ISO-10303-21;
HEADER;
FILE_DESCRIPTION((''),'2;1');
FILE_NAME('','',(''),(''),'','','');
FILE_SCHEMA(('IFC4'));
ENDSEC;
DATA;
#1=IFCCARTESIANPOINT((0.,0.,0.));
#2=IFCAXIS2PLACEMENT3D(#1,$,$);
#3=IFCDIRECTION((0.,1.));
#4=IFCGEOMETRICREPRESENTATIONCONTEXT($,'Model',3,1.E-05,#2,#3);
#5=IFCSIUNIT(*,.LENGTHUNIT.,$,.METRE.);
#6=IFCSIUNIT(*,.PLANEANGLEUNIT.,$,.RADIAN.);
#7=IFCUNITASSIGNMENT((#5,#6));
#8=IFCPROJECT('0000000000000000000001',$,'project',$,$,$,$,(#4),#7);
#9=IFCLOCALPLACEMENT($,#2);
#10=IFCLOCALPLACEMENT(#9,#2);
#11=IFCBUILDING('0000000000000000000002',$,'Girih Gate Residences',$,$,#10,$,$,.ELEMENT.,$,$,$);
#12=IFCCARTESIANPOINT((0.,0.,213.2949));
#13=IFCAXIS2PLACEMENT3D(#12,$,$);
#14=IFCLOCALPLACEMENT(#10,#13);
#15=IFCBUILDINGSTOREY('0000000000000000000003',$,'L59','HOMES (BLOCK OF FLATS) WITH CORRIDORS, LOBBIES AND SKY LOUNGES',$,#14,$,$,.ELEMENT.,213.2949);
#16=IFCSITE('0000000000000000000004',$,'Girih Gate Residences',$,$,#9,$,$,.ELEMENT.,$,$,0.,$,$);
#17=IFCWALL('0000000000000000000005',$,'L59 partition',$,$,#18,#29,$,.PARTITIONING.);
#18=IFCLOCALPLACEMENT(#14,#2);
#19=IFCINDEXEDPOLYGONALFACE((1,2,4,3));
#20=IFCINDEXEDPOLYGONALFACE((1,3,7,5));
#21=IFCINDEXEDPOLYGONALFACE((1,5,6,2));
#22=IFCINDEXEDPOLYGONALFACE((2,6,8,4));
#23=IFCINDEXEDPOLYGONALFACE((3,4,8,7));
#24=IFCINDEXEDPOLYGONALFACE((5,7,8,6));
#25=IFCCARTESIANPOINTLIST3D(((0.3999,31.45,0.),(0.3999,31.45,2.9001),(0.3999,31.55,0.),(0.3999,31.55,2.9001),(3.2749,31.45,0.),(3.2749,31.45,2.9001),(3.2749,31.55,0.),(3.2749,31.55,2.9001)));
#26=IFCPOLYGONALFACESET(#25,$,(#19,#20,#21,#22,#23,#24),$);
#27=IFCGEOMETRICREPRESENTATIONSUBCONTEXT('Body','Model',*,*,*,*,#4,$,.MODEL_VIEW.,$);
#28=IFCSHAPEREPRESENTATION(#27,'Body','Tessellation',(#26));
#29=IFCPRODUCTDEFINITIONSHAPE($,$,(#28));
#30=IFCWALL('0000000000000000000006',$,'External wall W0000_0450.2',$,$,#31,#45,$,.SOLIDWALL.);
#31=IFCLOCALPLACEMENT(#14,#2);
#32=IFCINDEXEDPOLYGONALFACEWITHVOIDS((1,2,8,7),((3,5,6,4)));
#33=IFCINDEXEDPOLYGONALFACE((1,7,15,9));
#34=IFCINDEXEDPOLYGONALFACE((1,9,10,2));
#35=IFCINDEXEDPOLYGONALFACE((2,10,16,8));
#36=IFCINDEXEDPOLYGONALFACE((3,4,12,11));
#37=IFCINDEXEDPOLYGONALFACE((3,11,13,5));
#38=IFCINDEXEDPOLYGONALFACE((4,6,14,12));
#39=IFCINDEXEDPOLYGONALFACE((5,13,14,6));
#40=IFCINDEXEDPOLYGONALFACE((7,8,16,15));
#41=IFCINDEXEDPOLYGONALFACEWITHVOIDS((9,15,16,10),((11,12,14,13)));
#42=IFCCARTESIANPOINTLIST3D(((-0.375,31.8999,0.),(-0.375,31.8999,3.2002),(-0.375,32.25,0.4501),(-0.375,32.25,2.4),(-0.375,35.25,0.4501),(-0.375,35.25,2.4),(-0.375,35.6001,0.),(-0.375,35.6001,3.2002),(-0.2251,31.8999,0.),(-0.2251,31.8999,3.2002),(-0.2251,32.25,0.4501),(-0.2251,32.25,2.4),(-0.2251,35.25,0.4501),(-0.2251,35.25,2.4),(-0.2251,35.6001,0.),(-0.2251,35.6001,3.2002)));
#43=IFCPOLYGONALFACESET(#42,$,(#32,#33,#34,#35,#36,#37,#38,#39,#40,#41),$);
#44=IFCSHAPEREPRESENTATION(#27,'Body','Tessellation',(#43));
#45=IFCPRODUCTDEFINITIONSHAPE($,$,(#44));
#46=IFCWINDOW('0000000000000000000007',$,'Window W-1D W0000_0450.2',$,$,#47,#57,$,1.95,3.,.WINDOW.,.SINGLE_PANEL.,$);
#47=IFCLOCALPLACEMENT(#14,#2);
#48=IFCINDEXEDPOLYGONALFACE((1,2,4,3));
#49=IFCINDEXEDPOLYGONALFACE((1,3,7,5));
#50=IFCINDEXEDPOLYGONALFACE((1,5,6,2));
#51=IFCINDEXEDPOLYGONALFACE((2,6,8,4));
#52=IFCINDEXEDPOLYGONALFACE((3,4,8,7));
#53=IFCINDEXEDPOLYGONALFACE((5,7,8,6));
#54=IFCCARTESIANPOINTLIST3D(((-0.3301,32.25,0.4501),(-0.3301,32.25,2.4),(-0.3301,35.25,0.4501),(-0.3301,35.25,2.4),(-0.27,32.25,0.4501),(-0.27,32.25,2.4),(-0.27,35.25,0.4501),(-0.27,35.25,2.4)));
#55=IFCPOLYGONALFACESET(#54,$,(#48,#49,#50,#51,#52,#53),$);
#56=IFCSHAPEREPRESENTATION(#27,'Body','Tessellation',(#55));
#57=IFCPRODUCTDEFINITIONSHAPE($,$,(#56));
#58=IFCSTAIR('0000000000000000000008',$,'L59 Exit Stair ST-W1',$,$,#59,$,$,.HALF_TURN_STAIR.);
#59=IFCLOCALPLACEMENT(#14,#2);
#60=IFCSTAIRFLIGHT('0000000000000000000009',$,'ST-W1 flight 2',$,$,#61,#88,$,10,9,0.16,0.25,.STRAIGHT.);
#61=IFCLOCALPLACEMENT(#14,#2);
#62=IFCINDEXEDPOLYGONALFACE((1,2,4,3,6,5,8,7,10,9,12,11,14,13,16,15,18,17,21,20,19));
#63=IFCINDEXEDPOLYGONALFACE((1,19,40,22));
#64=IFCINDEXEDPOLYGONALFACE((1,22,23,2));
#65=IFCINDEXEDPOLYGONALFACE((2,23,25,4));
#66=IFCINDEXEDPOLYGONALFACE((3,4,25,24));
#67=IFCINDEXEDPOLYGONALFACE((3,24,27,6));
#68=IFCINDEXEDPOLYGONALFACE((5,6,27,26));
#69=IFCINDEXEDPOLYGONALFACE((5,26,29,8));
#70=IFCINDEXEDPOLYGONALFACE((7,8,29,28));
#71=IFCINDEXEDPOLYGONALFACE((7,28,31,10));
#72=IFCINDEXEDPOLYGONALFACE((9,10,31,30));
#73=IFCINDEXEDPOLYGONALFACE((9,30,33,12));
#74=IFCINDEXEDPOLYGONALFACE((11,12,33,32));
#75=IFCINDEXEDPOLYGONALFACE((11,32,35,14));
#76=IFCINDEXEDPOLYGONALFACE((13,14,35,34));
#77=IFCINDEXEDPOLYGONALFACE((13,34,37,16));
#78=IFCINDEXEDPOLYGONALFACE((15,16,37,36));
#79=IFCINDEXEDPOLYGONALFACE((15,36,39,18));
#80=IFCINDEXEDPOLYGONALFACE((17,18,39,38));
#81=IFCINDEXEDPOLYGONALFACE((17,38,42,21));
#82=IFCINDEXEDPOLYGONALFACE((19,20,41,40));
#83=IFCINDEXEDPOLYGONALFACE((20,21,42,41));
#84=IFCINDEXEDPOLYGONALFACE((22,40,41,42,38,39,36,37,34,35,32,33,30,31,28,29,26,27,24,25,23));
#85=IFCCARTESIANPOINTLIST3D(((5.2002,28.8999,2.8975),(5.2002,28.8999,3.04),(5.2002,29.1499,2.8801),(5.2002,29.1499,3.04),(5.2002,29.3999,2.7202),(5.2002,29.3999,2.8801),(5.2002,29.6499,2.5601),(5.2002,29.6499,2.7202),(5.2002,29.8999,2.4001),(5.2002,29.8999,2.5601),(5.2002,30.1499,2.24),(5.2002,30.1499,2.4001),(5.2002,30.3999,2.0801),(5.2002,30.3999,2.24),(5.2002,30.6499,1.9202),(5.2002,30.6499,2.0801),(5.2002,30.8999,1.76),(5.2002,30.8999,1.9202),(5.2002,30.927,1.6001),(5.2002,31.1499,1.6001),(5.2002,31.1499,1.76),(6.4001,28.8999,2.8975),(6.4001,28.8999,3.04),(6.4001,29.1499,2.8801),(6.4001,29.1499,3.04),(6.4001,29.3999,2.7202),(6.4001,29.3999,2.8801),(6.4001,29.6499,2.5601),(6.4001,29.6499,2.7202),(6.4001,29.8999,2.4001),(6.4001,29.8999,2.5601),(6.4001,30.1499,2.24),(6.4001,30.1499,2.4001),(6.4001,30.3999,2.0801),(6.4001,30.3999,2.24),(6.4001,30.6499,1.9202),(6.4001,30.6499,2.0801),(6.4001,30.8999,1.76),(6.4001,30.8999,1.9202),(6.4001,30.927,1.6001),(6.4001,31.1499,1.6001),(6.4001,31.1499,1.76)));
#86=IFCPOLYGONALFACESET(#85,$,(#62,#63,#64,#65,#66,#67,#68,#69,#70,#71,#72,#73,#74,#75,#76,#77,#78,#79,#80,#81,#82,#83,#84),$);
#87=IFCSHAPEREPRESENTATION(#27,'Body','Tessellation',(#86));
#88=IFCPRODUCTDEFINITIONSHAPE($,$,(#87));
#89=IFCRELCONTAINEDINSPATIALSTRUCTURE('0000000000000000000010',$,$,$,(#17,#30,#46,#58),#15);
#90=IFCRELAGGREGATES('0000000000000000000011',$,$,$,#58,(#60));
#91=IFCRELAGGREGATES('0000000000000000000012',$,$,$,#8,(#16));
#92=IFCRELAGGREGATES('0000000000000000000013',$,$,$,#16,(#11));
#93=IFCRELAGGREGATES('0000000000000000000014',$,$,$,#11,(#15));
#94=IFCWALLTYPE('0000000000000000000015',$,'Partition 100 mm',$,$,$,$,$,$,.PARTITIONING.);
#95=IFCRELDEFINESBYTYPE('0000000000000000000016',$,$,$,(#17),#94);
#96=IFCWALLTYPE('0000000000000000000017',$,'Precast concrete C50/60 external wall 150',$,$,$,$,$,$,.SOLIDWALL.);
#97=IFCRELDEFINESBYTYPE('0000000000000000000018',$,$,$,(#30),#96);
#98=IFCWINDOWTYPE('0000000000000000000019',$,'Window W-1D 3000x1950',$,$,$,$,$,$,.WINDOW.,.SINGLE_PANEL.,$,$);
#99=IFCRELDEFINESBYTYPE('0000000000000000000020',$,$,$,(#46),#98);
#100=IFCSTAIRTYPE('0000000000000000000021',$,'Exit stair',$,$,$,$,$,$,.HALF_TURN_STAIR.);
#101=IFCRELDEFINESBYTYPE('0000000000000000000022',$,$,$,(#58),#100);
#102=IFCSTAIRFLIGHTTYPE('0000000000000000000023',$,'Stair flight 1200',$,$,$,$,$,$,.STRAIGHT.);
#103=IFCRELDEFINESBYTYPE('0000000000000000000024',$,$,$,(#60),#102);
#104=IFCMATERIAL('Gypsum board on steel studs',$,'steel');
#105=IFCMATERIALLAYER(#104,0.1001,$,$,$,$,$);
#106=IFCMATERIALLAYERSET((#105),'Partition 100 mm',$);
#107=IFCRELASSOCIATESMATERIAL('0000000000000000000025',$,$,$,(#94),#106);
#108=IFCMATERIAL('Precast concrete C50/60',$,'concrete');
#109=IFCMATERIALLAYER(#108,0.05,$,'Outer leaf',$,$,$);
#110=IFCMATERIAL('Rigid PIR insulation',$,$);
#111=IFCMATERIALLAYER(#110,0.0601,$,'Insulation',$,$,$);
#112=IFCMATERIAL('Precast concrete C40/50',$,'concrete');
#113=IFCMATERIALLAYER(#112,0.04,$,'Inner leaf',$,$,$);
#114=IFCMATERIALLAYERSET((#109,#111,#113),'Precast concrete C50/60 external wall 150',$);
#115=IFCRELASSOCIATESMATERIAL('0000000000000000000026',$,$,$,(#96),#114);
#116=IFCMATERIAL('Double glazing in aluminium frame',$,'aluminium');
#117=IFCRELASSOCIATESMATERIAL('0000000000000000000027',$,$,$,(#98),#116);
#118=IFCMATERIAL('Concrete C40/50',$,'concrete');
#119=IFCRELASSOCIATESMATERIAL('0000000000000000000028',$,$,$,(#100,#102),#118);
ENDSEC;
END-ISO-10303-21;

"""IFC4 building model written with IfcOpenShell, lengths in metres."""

from ifc_helpers import new_model, si_unit, direction, frame, frame_2d, origin, place, context, subcontext, project, spatial, polyline, rectangle, outline, extrude, material, layer, layer_set, type_object, element, fill, aggregate, save


model = new_model("IFC4")

# Units and contexts
model_context = context("Model", 3, precision=1e-05, world=origin(), true_north=direction((0.0, 1.0)))
body_context = subcontext(model_context, "Body", "Model", "MODEL_VIEW")
ifc_project = project(units=[si_unit("LENGTHUNIT", "METRE"), si_unit("PLANEANGLEUNIT", "RADIAN")], contexts=[model_context])

# Site, building, storey
site_placement = place(None, origin())
site = spatial("IfcSite", under=ifc_project, at=site_placement, Name="Girih Gate Residences", CompositionType="ELEMENT", RefElevation=0.0)
building_placement = place(site_placement, origin())
building = spatial("IfcBuilding", under=site, at=building_placement, Name="Girih Gate Residences", CompositionType="ELEMENT")
storey_placement = place(building_placement, frame((0.0, 0.0, 213.2949)))
storey = spatial("IfcBuildingStorey", under=building, at=storey_placement, Name="L59", Description="HOMES (BLOCK OF FLATS) WITH CORRIDORS, LOBBIES AND SKY LOUNGES", CompositionType="ELEMENT", Elevation=213.2949)

# Shared definitions
ifc_material_1 = material(Name="Gypsum board on steel studs", Category="steel")

# Shared definitions
ifc_material_2 = material(Name="Concrete C40/50", Category="concrete")

# Wall
ifc_layer_1 = layer(ifc_material_1, 0.1001)
ifc_layer_set_1 = layer_set([ifc_layer_1], Name="Partition 100 mm")
wall_type_1 = type_object("IfcWallType", Name="Partition 100 mm", PredefinedType="PARTITIONING", material=ifc_layer_set_1)
wall_1_placement = place(storey_placement, frame((0.3999, 31.5, 0.0), z_axis=(0.0, 0.0, 1.0), x_axis=(1.0, 0.0, 0.0)))
element("IfcWall", 1, at=wall_1_placement, inside=storey, type_object=wall_type_1, Name="L59 partition", PredefinedType="PARTITIONING", context=body_context, shape_type="SweptSolid", body=[
    extrude(rectangle(XDim=2.875, YDim=0.1001, at=frame_2d((1.4375, 0.0))), origin(), (0.0, 0.0, 1.0), 2.9001),
])

# Wall, opening, window
ifc_material_3 = material(Name="Precast concrete C50/60", Category="concrete")
ifc_layer_2 = layer(ifc_material_3, 0.05, Name="Outer leaf")
ifc_material_4 = material(Name="Rigid PIR insulation")
ifc_layer_3 = layer(ifc_material_4, 0.0601, Name="Insulation")
ifc_material_5 = material(Name="Precast concrete C40/50", Category="concrete")
ifc_layer_4 = layer(ifc_material_5, 0.04, Name="Inner leaf")
ifc_layer_set_2 = layer_set([ifc_layer_2, ifc_layer_3, ifc_layer_4], Name="Precast concrete C50/60 external wall 150")
wall_type_2 = type_object("IfcWallType", Name="Precast concrete C50/60 external wall 150", PredefinedType="SOLIDWALL", material=ifc_layer_set_2)
wall_2_placement = place(storey_placement, frame((-0.3, 31.8999, 0.0), z_axis=(0.0, 0.0, 1.0), x_axis=(0.0, 1.0, 0.0)))
wall_2 = element("IfcWall", 2, at=wall_2_placement, inside=storey, type_object=wall_type_2, Name="External wall W0000_0450.2", PredefinedType="SOLIDWALL", context=body_context, shape_type="SweptSolid", body=[
    extrude(rectangle(XDim=3.7002, YDim=0.1499, at=frame_2d((1.8501, 0.0))), origin(), (0.0, 0.0, 1.0), 3.2002),
])
opening_1_placement = place(wall_2_placement, frame((0.3501, 0.0, 0.45)))
opening_1 = element("IfcOpeningElement", 3, at=opening_1_placement, cuts=wall_2, PredefinedType="OPENING", context=body_context, shape_type="SweptSolid", body=[
    extrude(rectangle(XDim=3.0, YDim=1.95, at=frame_2d((1.5, 0.9751))), frame((0.0, 0.085, 0.0), z_axis=(0.0, -1.0, 0.0), x_axis=(1.0, 0.0, 0.0)), (0.0, 0.0, 1.0), 0.1699),
])
ifc_material_6 = material(Name="Double glazing in aluminium frame", Category="aluminium")
window_type = type_object("IfcWindowType", Name="Window W-1D 3000x1950", PartitioningType="SINGLE_PANEL", PredefinedType="WINDOW", material=ifc_material_6)
window_placement = place(opening_1_placement, origin())
window = element("IfcWindow", 4, at=window_placement, inside=storey, type_object=window_type, Name="Window W-1D W0000_0450.2", OverallHeight=1.95, OverallWidth=3.0, PartitioningType="SINGLE_PANEL", PredefinedType="WINDOW", context=body_context, shape_type="SweptSolid", body=[
    extrude(rectangle(XDim=3.0, YDim=1.95, at=frame_2d((1.5, 0.9751))), frame((0.0, 0.03, 0.0), z_axis=(0.0, -1.0, 0.0), x_axis=(1.0, 0.0, 0.0)), (0.0, 0.0, 1.0), 0.0601),
])
fill(opening_1, window)

# Stair, stair flight
stair_type = type_object("IfcStairType", Name="Exit stair", PredefinedType="HALF_TURN_STAIR", material=ifc_material_2)
stair_placement = place(storey_placement, origin())
stair = element("IfcStair", 5, at=stair_placement, inside=storey, type_object=stair_type, Name="L59 Exit Stair ST-W1", PredefinedType="HALF_TURN_STAIR")
stair_flight_type = type_object("IfcStairFlightType", Name="Stair flight 1200", PredefinedType="STRAIGHT", material=ifc_material_2)
stair_flight_placement = place(storey_placement, frame((5.8, 31.1499, 1.6001), z_axis=(0.0, 0.0, 1.0), x_axis=(0.0, -1.0, 0.0)))
stair_flight = element("IfcStairFlight", 6, at=stair_flight_placement, type_object=stair_flight_type, Name="ST-W1 flight 2", NumberOfRisers=10, NumberOfTreads=9, PredefinedType="STRAIGHT", RiserHeight=0.16, TreadLength=0.25, context=body_context, shape_type="SweptSolid", body=[
    extrude(outline(polyline([(0.0, 0.0), (0.0, 0.1599), (0.25, 0.1599), (0.25, 0.3201), (0.5, 0.3201), (0.5, 0.48), (0.75, 0.48), (0.75, 0.6399), (1.0, 0.6399), (1.0, 0.8), (1.25, 0.8), (1.25, 0.96), (1.5, 0.96), (1.5, 1.1201), (1.75, 1.1201), (1.75, 1.28), (2.0, 1.28), (2.0, 1.4399), (2.25, 1.4399), (2.25, 1.6001), (2.25, 1.2974), (0.2229, 0.0), (0.0, 0.0)])), frame((0.0, 0.6001, 0.0), z_axis=(0.0, -1.0, 0.0), x_axis=(1.0, 0.0, 0.0)), (0.0, 0.0, 1.0), 1.2),
])
aggregate(stair, [stair_flight])

save(model, "model.ifc")
